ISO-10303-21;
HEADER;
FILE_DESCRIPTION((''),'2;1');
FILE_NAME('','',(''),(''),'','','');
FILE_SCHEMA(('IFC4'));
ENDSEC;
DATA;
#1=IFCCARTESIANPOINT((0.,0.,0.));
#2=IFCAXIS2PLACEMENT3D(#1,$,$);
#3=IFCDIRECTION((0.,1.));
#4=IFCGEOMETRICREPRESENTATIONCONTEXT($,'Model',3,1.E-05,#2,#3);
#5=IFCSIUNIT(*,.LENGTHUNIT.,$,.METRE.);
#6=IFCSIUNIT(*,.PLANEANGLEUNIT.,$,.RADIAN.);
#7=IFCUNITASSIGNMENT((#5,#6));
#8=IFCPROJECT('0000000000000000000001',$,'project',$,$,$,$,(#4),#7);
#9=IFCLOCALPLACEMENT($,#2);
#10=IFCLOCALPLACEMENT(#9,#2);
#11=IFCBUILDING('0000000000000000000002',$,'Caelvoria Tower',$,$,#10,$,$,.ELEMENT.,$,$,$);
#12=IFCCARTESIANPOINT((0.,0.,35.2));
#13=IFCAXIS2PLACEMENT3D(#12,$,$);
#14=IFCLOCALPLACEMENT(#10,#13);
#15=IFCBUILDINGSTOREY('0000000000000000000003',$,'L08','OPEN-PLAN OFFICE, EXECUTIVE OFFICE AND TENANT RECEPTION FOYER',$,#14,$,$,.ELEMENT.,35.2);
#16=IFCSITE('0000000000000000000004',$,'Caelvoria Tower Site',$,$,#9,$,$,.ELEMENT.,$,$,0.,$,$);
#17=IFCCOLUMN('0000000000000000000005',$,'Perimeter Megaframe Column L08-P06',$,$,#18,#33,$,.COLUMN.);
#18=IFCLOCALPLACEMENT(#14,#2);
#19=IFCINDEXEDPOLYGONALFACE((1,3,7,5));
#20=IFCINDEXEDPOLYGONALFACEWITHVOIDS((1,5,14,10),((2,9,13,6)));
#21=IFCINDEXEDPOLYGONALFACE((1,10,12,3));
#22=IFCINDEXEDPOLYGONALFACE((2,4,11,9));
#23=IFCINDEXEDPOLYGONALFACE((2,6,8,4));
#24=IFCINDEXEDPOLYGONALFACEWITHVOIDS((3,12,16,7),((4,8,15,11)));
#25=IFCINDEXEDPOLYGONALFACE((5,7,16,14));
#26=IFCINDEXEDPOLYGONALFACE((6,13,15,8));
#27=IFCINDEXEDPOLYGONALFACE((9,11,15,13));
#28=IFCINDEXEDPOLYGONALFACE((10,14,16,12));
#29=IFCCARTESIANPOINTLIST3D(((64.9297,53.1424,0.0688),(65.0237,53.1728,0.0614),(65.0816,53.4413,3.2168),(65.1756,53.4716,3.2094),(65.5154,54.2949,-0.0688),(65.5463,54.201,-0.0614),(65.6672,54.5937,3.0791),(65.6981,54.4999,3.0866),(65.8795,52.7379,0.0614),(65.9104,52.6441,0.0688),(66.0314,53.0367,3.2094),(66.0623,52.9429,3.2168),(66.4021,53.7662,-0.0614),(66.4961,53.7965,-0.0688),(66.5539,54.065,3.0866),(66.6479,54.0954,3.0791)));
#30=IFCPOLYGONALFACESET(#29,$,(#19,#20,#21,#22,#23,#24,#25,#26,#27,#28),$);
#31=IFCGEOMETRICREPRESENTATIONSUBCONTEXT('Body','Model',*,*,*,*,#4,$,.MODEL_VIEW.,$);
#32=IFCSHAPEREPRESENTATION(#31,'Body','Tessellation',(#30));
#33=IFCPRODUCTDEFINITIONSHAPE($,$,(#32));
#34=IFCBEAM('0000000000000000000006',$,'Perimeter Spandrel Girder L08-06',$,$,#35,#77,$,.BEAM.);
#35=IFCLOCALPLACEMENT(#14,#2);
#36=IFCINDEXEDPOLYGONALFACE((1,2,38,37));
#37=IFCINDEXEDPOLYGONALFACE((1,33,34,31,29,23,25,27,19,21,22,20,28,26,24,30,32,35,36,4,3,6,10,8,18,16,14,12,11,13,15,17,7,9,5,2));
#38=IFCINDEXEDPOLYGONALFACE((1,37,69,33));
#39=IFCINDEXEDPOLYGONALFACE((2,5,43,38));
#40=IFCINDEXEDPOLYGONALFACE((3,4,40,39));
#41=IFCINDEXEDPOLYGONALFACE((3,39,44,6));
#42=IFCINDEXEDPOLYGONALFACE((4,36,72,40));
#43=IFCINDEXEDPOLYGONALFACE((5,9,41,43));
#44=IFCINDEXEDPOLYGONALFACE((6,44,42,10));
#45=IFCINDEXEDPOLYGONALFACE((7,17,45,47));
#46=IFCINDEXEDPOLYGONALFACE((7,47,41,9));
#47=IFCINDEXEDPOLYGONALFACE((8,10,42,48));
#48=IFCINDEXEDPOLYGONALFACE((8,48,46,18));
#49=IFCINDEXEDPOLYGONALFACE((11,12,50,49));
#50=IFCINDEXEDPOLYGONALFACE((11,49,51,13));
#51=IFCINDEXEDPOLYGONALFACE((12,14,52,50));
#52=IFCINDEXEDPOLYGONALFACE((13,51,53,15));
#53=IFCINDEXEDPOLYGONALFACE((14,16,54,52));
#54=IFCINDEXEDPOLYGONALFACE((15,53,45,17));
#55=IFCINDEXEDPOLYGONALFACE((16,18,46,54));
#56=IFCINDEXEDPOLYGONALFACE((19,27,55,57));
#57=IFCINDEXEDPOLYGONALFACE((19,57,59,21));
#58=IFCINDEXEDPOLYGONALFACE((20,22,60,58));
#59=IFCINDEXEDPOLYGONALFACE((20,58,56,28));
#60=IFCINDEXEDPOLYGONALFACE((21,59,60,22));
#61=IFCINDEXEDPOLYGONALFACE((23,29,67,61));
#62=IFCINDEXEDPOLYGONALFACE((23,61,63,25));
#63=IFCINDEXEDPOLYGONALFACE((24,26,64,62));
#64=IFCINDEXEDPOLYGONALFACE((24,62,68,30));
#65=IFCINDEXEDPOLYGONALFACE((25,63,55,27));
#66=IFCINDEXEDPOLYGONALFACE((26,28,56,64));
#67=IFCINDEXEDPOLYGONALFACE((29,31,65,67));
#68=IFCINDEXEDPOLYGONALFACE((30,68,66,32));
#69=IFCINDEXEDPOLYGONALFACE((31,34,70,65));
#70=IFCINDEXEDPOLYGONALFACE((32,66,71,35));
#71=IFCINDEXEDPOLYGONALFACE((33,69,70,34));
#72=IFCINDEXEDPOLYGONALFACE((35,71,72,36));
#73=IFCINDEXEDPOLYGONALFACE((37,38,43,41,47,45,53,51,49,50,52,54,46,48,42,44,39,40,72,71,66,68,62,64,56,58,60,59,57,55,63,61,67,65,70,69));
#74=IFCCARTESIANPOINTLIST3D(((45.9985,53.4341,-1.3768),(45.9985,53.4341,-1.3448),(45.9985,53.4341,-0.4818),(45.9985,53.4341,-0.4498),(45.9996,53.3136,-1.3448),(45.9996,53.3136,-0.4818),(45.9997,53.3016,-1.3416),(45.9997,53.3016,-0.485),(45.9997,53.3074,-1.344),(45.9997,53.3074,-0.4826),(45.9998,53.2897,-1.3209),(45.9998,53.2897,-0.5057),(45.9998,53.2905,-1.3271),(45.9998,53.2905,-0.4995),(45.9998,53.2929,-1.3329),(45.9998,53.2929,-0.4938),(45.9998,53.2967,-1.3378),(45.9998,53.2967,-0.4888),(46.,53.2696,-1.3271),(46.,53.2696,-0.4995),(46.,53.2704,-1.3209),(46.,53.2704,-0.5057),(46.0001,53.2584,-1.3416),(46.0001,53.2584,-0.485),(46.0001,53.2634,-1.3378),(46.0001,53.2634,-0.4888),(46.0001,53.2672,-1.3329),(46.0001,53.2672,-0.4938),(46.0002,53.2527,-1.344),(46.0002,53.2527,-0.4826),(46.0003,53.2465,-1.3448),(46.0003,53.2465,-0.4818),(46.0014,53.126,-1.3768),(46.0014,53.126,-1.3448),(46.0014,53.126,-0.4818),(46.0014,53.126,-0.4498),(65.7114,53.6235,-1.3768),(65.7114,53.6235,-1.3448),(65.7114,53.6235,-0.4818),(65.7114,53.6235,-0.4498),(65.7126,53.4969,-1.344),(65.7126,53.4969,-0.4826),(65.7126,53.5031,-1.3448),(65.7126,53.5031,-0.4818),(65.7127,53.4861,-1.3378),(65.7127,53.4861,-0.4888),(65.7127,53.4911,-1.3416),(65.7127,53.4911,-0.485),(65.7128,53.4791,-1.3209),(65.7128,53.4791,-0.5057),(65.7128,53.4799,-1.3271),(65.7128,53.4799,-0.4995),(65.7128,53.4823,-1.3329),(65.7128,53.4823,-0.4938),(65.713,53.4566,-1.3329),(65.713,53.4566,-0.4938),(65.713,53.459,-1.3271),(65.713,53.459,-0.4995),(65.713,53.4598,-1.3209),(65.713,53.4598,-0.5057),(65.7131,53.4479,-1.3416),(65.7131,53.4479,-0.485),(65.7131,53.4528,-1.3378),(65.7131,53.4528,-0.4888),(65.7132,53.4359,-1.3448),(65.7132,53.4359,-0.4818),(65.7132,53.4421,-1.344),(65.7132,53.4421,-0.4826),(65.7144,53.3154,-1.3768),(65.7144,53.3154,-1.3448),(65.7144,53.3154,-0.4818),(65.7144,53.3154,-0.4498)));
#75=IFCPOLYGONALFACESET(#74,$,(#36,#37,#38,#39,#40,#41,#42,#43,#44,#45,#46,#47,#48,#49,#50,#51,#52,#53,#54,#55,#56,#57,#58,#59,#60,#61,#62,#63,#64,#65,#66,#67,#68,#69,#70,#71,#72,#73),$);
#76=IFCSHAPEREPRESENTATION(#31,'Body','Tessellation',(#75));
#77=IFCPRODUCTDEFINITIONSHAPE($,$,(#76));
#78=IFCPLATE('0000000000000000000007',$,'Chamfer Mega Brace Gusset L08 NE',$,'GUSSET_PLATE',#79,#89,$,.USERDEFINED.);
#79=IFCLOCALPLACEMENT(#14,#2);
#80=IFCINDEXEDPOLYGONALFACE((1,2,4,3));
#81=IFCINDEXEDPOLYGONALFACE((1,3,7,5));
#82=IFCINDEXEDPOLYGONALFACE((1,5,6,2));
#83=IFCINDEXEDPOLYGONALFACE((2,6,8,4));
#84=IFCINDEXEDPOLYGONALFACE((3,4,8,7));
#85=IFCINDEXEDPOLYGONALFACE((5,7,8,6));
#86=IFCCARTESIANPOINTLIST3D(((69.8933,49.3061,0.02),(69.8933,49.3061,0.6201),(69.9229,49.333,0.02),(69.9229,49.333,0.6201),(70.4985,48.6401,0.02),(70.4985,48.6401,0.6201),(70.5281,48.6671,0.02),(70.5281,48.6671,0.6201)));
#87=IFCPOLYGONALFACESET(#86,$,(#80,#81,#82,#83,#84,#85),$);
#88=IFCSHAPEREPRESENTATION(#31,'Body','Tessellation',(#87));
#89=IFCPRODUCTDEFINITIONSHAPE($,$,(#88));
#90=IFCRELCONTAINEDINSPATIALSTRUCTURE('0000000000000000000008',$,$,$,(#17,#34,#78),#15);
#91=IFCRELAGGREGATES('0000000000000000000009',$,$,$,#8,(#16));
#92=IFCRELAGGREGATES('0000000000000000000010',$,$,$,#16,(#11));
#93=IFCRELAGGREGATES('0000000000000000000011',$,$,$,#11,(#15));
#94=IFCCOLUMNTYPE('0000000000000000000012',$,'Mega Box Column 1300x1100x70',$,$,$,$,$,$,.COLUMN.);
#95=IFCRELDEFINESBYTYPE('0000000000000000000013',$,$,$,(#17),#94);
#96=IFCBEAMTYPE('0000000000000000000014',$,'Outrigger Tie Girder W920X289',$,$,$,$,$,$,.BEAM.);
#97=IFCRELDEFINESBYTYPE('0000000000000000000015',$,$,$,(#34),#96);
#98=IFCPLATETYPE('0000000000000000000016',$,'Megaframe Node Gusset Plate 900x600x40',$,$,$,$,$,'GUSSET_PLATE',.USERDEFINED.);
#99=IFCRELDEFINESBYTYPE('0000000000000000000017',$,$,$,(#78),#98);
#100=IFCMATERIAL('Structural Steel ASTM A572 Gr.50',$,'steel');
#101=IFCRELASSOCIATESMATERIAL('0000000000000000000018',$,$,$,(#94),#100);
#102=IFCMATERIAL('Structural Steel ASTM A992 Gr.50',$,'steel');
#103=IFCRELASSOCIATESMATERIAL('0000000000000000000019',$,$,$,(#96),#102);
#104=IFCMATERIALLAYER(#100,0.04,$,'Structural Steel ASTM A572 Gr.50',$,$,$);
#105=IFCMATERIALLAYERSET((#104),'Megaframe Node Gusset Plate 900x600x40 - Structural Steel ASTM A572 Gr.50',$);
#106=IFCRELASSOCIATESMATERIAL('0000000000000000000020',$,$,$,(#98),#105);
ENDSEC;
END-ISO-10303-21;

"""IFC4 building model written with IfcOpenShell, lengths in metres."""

from ifc_helpers import new_model, si_unit, direction, frame, origin, origin_2d, place, context, subcontext, project, spatial, rectangle, hollow_rectangle, i_section, extrude, material, layer, layer_set, material_profile, profile_set, type_object, element, save


model = new_model("IFC4")

# Units and contexts
model_context = context("Model", 3, precision=1e-05, world=origin(), true_north=direction((0.0, 1.0)))
body_context = subcontext(model_context, "Body", "Model", "MODEL_VIEW")
ifc_project = project(units=[si_unit("LENGTHUNIT", "METRE"), si_unit("PLANEANGLEUNIT", "RADIAN")], contexts=[model_context])

# Site, building, storey
site_placement = place(None, origin())
site = spatial("IfcSite", under=ifc_project, at=site_placement, Name="Caelvoria Tower Site", CompositionType="ELEMENT", RefElevation=0.0)
building_placement = place(site_placement, origin())
building = spatial("IfcBuilding", under=site, at=building_placement, Name="Caelvoria Tower", CompositionType="ELEMENT")
storey_placement = place(building_placement, frame((0.0, 0.0, 35.2)))
storey = spatial("IfcBuildingStorey", under=building, at=storey_placement, Name="L08", Description="OPEN-PLAN OFFICE, EXECUTIVE OFFICE AND TENANT RECEPTION FOYER", CompositionType="ELEMENT", Elevation=35.2)

# Column
ifc_material_1 = material(Name="Structural Steel ASTM A572 Gr.50", Category="steel")
ifc_material_profile_1 = material_profile(ifc_material_1, hollow_rectangle(XDim=1.1001, YDim=1.3, WallThickness=0.0701, at=origin_2d()), Name="Structural Steel ASTM A572 Gr.50")
ifc_profile_set_1 = profile_set([ifc_material_profile_1], Name="BOX1300X1100X70 - Structural Steel ASTM A572 Gr.50")
column_type = type_object("IfcColumnType", Name="Mega Box Column 1300x1100x70", PredefinedType="COLUMN", material=ifc_profile_set_1)
column_placement = place(storey_placement, frame((65.7129, 53.4695, 0.0), z_axis=(0.047968, 0.094394, 0.994379), x_axis=(-0.891495, 0.453031, 0.0)))
element("IfcColumn", 1, at=column_placement, inside=storey, type_object=column_type, Name="Perimeter Megaframe Column L08-P06", PredefinedType="COLUMN", context=body_context, shape_type="SweptSolid", body=[
    extrude(hollow_rectangle(XDim=1.1001, YDim=1.3, WallThickness=0.0701, at=origin_2d()), origin(), (0.0, 0.0, 1.0), 3.1658),
])

# Beam
ifc_material_2 = material(Name="Structural Steel ASTM A992 Gr.50", Category="steel")
ifc_material_profile_2 = material_profile(ifc_material_2, i_section(OverallWidth=0.3081, OverallDepth=0.927, WebThickness=0.0193, FlangeThickness=0.032, FilletRadius=0.0239, at=origin_2d()), Name="Structural Steel ASTM A992 Gr.50")
ifc_profile_set_2 = profile_set([ifc_material_profile_2], Name="W920X289 - Structural Steel ASTM A992 Gr.50")
beam_type = type_object("IfcBeamType", Name="Outrigger Tie Girder W920X289", PredefinedType="BEAM", material=ifc_profile_set_2)
beam_placement = place(storey_placement, frame((65.7129, 53.4695, -0.9133), z_axis=(-0.999954, -0.00961, 0.0), x_axis=(0.00961, -0.999954, 0.0)))
element("IfcBeam", 2, at=beam_placement, inside=storey, type_object=beam_type, Name="Perimeter Spandrel Girder L08-06", PredefinedType="BEAM", context=body_context, shape_type="SweptSolid", body=[
    extrude(i_section(OverallWidth=0.3081, OverallDepth=0.927, WebThickness=0.0193, FlangeThickness=0.032, FilletRadius=0.0239, at=origin_2d()), origin(), (0.0, 0.0, 1.0), 19.7139),
])

# Plate
ifc_layer_1 = layer(ifc_material_1, 0.04, Name="Structural Steel ASTM A572 Gr.50")
ifc_layer_set_1 = layer_set([ifc_layer_1], Name="Megaframe Node Gusset Plate 900x600x40 - Structural Steel ASTM A572 Gr.50")
plate_type = type_object("IfcPlateType", Name="Megaframe Node Gusset Plate 900x600x40", ElementType="GUSSET_PLATE", PredefinedType="USERDEFINED", material=ifc_layer_set_1)
plate_placement = place(storey_placement, frame((70.2107, 48.9866, 0.02), z_axis=(0.0, 0.0, 1.0), x_axis=(-0.67258, 0.740024, 0.0)))
element("IfcPlate", 3, at=plate_placement, inside=storey, type_object=plate_type, Name="Chamfer Mega Brace Gusset L08 NE", ObjectType="GUSSET_PLATE", PredefinedType="USERDEFINED", context=body_context, shape_type="SweptSolid", body=[
    extrude(rectangle(XDim=0.8999, YDim=0.04, at=origin_2d()), origin(), (0.0, 0.0, 1.0), 0.6001),
])

save(model, "model.ifc")
